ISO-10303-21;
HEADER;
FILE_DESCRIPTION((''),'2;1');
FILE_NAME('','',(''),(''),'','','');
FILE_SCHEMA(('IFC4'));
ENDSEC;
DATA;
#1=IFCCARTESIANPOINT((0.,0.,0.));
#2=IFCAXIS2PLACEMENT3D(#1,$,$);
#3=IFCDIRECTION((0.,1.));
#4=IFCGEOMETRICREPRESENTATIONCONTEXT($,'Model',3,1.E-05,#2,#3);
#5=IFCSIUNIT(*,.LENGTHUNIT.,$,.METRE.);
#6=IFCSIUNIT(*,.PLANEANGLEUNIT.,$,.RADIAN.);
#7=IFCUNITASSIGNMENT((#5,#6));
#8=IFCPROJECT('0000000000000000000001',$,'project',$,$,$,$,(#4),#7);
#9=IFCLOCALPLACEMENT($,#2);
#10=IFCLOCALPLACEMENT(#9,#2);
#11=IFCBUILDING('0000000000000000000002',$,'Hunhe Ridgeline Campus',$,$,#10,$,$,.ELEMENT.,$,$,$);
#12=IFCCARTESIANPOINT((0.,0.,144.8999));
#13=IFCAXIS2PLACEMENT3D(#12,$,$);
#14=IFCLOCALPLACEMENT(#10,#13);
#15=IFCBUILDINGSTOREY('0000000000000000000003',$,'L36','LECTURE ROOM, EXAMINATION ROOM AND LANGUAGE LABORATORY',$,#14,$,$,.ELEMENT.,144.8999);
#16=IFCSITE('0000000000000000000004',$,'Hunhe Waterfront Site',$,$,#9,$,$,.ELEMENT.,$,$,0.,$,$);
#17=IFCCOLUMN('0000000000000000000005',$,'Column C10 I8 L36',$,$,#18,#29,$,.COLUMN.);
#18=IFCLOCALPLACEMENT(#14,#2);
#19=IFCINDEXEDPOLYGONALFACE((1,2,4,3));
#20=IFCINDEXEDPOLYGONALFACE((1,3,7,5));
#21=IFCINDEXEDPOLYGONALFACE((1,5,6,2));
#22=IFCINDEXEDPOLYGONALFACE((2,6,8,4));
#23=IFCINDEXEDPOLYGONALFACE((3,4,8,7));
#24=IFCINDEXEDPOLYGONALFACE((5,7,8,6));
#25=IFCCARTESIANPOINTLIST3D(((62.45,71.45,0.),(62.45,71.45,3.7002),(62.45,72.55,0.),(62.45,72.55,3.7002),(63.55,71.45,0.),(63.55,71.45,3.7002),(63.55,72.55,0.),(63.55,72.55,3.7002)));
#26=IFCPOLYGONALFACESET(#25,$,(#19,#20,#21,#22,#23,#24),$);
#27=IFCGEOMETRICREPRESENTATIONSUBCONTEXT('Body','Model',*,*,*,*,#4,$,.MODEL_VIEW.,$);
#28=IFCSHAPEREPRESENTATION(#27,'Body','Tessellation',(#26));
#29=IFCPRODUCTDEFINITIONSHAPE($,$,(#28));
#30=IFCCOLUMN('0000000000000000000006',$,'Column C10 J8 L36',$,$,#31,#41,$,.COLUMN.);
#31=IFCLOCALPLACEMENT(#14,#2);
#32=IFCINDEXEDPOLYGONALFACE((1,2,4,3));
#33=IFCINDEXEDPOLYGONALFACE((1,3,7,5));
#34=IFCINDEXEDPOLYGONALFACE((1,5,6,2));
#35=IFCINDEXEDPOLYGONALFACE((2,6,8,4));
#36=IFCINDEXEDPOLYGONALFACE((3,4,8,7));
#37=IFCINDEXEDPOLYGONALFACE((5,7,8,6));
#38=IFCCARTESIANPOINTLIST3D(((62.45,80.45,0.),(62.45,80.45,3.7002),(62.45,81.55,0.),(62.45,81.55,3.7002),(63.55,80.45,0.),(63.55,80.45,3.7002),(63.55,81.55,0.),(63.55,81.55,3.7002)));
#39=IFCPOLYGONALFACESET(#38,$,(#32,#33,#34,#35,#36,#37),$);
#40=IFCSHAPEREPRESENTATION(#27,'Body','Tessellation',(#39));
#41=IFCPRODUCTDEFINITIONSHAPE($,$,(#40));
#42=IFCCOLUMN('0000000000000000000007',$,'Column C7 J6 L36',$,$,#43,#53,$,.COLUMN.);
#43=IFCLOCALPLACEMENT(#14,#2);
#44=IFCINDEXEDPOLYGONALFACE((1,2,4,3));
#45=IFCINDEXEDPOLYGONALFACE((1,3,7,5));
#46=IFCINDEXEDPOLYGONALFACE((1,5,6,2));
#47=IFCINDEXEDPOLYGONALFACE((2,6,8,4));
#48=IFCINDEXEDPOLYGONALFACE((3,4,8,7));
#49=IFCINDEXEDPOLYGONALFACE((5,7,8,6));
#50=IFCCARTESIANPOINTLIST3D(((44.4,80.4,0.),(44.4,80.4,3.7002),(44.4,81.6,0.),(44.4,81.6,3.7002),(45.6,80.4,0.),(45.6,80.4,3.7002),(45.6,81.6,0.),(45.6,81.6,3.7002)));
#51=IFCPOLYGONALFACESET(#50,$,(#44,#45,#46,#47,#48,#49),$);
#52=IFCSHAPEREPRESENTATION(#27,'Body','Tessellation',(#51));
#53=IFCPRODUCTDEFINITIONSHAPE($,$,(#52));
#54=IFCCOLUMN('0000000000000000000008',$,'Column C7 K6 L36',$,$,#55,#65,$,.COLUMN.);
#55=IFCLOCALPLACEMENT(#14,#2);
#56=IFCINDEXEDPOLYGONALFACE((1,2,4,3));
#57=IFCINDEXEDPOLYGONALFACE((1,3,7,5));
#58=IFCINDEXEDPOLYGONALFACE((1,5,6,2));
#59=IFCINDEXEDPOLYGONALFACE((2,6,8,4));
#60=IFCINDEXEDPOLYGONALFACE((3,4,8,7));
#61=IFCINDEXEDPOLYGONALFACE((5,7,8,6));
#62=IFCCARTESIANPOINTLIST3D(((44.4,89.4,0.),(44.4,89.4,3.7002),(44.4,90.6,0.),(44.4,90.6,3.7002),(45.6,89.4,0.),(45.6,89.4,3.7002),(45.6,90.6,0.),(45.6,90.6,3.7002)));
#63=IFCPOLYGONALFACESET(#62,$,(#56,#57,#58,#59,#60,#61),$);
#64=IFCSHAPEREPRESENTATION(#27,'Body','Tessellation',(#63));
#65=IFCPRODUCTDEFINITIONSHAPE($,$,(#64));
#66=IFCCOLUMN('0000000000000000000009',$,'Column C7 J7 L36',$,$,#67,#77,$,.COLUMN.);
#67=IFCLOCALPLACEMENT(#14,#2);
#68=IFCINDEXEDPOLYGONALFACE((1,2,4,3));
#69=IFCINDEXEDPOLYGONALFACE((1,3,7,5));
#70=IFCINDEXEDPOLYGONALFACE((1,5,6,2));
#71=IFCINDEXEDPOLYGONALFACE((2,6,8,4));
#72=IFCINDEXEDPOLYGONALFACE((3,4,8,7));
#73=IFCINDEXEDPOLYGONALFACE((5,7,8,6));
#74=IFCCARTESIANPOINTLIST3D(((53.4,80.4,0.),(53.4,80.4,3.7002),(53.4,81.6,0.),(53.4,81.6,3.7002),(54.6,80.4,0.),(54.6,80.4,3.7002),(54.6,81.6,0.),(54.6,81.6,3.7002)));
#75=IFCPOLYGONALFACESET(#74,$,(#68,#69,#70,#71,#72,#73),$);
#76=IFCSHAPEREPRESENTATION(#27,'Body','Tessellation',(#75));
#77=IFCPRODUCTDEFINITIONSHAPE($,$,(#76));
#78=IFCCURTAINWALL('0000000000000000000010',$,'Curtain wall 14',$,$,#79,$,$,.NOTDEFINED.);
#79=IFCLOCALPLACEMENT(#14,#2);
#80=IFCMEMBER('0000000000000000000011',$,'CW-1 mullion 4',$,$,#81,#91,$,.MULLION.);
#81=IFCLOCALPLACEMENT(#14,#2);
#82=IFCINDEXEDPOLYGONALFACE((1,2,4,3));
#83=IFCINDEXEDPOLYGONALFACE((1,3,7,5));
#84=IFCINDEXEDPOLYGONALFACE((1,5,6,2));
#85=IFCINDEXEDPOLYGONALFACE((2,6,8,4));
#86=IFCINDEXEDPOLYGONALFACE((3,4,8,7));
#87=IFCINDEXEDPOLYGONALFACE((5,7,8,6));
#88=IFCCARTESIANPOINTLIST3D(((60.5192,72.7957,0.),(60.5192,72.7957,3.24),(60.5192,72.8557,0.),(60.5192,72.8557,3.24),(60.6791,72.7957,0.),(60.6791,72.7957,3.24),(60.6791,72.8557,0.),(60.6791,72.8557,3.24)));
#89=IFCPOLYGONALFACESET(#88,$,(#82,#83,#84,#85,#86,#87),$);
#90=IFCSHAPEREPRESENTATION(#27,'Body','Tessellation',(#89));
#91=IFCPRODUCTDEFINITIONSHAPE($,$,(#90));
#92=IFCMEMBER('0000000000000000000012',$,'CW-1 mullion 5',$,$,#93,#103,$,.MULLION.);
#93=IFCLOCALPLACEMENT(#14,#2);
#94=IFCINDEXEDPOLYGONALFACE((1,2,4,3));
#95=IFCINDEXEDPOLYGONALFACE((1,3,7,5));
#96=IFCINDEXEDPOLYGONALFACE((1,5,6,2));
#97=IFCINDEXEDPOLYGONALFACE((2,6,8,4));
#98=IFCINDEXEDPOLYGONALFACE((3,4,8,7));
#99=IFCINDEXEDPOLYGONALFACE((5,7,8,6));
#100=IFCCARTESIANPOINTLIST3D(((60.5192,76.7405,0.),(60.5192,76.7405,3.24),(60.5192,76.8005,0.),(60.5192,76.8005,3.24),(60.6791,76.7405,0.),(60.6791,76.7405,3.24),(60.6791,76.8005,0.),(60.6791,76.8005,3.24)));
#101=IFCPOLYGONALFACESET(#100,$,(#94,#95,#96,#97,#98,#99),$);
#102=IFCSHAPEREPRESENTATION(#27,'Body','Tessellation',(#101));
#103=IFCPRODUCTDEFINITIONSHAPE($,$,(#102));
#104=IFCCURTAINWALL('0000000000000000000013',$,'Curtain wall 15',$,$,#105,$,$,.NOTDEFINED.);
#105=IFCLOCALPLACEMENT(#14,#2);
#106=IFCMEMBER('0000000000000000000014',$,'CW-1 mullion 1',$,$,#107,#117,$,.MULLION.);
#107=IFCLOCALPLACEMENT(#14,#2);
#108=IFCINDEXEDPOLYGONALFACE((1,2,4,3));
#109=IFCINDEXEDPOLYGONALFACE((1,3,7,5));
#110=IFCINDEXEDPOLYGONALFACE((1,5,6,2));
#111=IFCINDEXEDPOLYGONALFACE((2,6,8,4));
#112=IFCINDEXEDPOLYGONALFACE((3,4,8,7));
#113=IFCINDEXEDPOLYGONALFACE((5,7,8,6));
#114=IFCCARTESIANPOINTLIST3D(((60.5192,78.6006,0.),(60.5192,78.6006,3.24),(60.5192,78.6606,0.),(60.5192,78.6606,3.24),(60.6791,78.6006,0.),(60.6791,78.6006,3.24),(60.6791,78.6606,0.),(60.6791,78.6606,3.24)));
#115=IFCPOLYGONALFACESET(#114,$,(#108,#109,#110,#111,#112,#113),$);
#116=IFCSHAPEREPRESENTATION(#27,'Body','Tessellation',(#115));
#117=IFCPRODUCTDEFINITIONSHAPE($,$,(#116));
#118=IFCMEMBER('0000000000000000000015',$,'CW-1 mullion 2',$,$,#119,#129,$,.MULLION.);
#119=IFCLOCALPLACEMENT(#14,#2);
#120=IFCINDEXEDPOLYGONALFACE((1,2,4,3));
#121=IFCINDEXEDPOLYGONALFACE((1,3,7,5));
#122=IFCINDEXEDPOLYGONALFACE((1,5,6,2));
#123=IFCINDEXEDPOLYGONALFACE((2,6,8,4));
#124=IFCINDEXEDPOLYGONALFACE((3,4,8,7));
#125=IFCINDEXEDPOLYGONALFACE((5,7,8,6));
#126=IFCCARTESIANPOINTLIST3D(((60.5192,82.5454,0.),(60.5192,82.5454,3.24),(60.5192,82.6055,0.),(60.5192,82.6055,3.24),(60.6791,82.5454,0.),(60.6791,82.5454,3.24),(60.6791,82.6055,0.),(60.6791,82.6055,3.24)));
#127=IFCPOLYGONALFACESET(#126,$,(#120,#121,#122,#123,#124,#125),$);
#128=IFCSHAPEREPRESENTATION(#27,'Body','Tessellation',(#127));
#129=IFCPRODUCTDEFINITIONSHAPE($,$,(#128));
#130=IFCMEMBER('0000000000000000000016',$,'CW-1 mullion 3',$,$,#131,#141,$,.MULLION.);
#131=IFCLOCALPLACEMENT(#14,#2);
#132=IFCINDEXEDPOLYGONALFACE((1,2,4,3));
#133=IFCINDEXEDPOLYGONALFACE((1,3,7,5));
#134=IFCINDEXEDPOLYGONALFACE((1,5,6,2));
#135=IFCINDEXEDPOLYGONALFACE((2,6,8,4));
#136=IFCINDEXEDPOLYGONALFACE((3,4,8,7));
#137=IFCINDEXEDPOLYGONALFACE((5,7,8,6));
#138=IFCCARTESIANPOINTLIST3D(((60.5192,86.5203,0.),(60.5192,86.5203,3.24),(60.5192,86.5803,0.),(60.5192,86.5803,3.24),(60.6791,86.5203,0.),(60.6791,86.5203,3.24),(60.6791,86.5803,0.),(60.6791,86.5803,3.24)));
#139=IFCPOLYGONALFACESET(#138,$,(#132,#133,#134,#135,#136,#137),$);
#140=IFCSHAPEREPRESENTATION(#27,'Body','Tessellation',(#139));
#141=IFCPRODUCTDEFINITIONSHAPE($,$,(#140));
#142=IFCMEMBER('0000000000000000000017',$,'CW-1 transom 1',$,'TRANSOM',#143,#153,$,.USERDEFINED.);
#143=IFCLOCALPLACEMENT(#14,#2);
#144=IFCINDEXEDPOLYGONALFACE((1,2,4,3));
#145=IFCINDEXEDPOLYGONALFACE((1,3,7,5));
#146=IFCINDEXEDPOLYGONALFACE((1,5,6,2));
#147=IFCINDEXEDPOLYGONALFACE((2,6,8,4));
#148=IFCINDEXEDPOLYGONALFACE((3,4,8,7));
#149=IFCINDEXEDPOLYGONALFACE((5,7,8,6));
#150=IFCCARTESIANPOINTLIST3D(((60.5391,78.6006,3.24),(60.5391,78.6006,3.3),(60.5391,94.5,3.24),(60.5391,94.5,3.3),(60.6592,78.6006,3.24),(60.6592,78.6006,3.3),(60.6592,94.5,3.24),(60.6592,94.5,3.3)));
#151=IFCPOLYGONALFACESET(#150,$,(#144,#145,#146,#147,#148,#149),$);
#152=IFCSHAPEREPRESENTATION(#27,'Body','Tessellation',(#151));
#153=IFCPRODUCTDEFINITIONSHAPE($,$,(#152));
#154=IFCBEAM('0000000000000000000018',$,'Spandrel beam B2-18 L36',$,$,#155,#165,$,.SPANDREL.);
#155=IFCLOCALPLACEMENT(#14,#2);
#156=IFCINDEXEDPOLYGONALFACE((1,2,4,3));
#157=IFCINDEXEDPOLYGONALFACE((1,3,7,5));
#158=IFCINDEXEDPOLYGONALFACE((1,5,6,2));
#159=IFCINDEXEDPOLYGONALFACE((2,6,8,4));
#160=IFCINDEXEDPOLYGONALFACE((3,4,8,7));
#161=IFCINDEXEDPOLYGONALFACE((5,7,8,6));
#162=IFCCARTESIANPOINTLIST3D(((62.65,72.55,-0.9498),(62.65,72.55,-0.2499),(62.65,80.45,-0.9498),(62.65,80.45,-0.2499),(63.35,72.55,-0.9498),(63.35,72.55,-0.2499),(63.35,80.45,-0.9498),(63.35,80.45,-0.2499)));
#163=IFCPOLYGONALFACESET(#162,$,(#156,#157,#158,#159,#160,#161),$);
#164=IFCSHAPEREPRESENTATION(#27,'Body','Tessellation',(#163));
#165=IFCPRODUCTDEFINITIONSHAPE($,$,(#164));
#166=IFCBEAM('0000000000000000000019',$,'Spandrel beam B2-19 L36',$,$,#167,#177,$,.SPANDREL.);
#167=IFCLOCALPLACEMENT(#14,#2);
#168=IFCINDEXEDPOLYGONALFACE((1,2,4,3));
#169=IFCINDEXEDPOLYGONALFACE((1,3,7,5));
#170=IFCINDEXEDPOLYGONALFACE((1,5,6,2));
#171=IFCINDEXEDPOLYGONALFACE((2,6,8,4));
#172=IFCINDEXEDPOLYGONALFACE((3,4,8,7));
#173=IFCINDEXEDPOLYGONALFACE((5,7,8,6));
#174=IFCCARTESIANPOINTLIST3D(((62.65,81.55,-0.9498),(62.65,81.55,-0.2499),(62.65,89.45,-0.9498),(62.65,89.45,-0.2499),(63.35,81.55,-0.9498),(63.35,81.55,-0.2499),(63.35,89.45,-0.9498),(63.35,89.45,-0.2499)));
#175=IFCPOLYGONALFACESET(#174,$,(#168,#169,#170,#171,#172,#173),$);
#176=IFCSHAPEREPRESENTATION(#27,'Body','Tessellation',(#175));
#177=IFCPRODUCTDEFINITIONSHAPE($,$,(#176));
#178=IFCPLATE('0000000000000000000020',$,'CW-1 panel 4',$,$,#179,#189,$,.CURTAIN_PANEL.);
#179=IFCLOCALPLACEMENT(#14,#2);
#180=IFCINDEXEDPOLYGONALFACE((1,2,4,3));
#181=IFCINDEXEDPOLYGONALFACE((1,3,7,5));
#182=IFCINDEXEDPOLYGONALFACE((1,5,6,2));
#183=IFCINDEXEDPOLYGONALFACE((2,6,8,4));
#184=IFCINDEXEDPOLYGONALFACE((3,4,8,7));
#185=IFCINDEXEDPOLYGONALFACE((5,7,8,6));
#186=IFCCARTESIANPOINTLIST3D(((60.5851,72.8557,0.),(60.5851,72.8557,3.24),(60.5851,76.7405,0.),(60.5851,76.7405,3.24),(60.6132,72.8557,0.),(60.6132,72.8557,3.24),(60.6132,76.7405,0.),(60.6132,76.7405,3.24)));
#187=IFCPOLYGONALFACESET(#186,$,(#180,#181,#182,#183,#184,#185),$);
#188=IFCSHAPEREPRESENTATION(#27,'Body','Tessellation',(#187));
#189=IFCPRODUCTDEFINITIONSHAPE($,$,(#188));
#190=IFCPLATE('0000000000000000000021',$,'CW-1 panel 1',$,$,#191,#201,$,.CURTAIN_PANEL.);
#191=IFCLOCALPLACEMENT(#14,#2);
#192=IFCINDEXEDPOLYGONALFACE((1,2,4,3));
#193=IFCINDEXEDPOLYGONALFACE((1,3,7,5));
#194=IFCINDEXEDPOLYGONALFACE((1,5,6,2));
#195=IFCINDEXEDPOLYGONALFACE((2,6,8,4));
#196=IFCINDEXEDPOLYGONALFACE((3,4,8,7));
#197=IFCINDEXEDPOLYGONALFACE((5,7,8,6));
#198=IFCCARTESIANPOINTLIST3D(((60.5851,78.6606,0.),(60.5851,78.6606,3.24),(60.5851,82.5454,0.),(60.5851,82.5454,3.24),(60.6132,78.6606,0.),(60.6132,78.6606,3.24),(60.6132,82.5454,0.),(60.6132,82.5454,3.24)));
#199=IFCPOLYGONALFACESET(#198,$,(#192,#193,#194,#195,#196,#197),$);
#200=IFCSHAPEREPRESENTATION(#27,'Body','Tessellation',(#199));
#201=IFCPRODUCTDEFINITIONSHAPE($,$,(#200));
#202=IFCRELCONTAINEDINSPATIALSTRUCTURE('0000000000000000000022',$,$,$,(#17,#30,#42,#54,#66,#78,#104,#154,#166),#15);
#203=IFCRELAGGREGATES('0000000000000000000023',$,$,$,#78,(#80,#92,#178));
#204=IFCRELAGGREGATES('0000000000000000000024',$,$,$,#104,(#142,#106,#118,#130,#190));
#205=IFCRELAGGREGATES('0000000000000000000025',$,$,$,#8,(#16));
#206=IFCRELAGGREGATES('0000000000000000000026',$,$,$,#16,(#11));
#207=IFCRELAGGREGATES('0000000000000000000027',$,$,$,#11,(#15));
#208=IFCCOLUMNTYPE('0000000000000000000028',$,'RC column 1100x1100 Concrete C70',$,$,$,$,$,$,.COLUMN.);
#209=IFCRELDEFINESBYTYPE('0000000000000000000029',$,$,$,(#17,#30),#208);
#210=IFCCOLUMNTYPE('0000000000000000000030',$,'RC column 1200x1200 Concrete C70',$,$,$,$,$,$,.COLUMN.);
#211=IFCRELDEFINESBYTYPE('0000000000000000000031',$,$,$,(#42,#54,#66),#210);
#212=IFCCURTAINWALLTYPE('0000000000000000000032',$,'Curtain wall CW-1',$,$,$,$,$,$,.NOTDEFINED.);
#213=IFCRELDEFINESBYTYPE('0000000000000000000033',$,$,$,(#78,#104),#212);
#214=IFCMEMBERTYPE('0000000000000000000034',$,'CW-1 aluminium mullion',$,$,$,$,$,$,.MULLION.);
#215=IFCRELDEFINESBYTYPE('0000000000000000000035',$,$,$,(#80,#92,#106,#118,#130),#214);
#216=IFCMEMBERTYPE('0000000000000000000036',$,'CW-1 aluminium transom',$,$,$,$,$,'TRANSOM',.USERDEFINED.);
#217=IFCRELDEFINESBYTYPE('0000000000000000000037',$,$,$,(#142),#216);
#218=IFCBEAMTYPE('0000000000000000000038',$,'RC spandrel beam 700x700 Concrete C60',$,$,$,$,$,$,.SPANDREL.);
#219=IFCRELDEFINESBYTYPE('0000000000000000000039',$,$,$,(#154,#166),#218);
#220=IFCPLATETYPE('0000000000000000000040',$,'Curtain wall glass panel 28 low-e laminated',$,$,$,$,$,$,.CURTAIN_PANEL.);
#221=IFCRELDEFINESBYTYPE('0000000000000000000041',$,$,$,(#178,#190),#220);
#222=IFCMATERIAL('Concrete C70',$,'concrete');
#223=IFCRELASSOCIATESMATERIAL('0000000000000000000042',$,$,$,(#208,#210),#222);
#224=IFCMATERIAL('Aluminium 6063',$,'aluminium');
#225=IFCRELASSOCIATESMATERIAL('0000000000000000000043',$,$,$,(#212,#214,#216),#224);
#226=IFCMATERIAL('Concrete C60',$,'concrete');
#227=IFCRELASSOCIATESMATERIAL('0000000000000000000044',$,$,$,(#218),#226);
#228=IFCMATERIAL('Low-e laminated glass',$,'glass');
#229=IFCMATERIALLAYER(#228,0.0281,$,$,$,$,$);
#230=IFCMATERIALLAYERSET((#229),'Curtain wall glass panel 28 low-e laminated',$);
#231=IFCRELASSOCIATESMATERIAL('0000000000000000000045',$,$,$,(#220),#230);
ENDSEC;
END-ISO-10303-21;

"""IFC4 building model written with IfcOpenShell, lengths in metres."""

from ifc_helpers import new_model, si_unit, direction, frame, origin, origin_2d, place, context, subcontext, project, spatial, rectangle, extrude, material, layer, layer_set, material_profile, profile_set, type_object, element, aggregate, save


model = new_model("IFC4")

# Units and contexts
model_context = context("Model", 3, precision=1e-05, world=origin(), true_north=direction((0.0, 1.0)))
body_context = subcontext(model_context, "Body", "Model", "MODEL_VIEW")
ifc_project = project(units=[si_unit("LENGTHUNIT", "METRE"), si_unit("PLANEANGLEUNIT", "RADIAN")], contexts=[model_context])

# Site, building, storey
site_placement = place(None, origin())
site = spatial("IfcSite", under=ifc_project, at=site_placement, Name="Hunhe Waterfront Site", CompositionType="ELEMENT", RefElevation=0.0)
building_placement = place(site_placement, origin())
building = spatial("IfcBuilding", under=site, at=building_placement, Name="Hunhe Ridgeline Campus", CompositionType="ELEMENT")
storey_placement = place(building_placement, frame((0.0, 0.0, 144.8999)))
storey = spatial("IfcBuildingStorey", under=building, at=storey_placement, Name="L36", Description="LECTURE ROOM, EXAMINATION ROOM AND LANGUAGE LABORATORY", CompositionType="ELEMENT", Elevation=144.8999)

# Columns
ifc_material_1 = material(Name="Concrete C70", Category="concrete")
ifc_material_profile_1 = material_profile(ifc_material_1, rectangle(XDim=1.1001, YDim=1.1001, at=origin_2d()))
ifc_profile_set_1 = profile_set([ifc_material_profile_1], Name="Concrete C70")
column_type_1 = type_object("IfcColumnType", Name="RC column 1100x1100 Concrete C70", PredefinedType="COLUMN", material=ifc_profile_set_1)
for number, where, z_axis, x_axis, name in (
    (1, (63.0, 72.0, 0.0), (0.0, 0.0, 1.0), (1.0, 0.0, 0.0), "Column C10 I8 L36"),
    (2, (63.0, 81.0, 0.0), (0.0, 0.0, 1.0), (1.0, 0.0, 0.0), "Column C10 J8 L36"),
):
    element("IfcColumn", number, at=place(storey_placement, frame(where, z_axis=z_axis, x_axis=x_axis)), inside=storey, type_object=column_type_1, Name=name, PredefinedType="COLUMN", context=body_context, shape_type="SweptSolid", body=[
        extrude(rectangle(XDim=1.1001, YDim=1.1001, at=origin_2d()), origin(), (0.0, 0.0, 1.0), 3.7002),
    ])
ifc_material_profile_2 = material_profile(ifc_material_1, rectangle(XDim=1.2, YDim=1.2, at=origin_2d()))
ifc_profile_set_2 = profile_set([ifc_material_profile_2], Name="Concrete C70")
column_type_2 = type_object("IfcColumnType", Name="RC column 1200x1200 Concrete C70", PredefinedType="COLUMN", material=ifc_profile_set_2)
for number, where, z_axis, x_axis, name in (
    (3, (45.0, 81.0, 0.0), (0.0, 0.0, 1.0), (1.0, 0.0, 0.0), "Column C7 J6 L36"),
    (4, (45.0, 90.0, 0.0), (0.0, 0.0, 1.0), (1.0, 0.0, 0.0), "Column C7 K6 L36"),
    (5, (54.0, 81.0, 0.0), (0.0, 0.0, 1.0), (1.0, 0.0, 0.0), "Column C7 J7 L36"),
):
    element("IfcColumn", number, at=place(storey_placement, frame(where, z_axis=z_axis, x_axis=x_axis)), inside=storey, type_object=column_type_2, Name=name, PredefinedType="COLUMN", context=body_context, shape_type="SweptSolid", body=[
        extrude(rectangle(XDim=1.2, YDim=1.2, at=origin_2d()), origin(), (0.0, 0.0, 1.0), 3.7002),
    ])

# Curtain walls, members
ifc_material_2 = material(Name="Aluminium 6063", Category="aluminium")
curtain_wall_type = type_object("IfcCurtainWallType", Name="Curtain wall CW-1", PredefinedType="NOTDEFINED", material=ifc_material_2)
curtain_wall_1_placement = place(storey_placement, origin())
curtain_wall_1 = element("IfcCurtainWall", 6, at=curtain_wall_1_placement, inside=storey, type_object=curtain_wall_type, Name="Curtain wall 14", PredefinedType="NOTDEFINED")
ifc_material_profile_3 = material_profile(ifc_material_2, rectangle(XDim=0.1599, YDim=0.0601, at=origin_2d()))
ifc_profile_set_3 = profile_set([ifc_material_profile_3], Name="Aluminium 6063")
member_type_1 = type_object("IfcMemberType", Name="CW-1 aluminium mullion", PredefinedType="MULLION", material=ifc_profile_set_3)
member_1_placement = place(storey_placement, frame((60.5991, 72.8257, 0.0), z_axis=(0.0, 0.0, 1.0), x_axis=(-1.0, 0.0, 0.0)))
member_1 = element("IfcMember", 7, at=member_1_placement, type_object=member_type_1, Name="CW-1 mullion 4", PredefinedType="MULLION", context=body_context, shape_type="SweptSolid", body=[
    extrude(rectangle(XDim=0.1599, YDim=0.0601, at=origin_2d()), origin(), (0.0, 0.0, 1.0), 3.24),
])
member_2_placement = place(storey_placement, frame((60.5991, 76.7705, 0.0), z_axis=(0.0, 0.0, 1.0), x_axis=(-1.0, 0.0, 0.0)))
member_2 = element("IfcMember", 8, at=member_2_placement, type_object=member_type_1, Name="CW-1 mullion 5", PredefinedType="MULLION", context=body_context, shape_type="SweptSolid", body=[
    extrude(rectangle(XDim=0.1599, YDim=0.0601, at=origin_2d()), origin(), (0.0, 0.0, 1.0), 3.24),
])
curtain_wall_2_placement = place(storey_placement, origin())
curtain_wall_2 = element("IfcCurtainWall", 9, at=curtain_wall_2_placement, inside=storey, type_object=curtain_wall_type, Name="Curtain wall 15", PredefinedType="NOTDEFINED")
member_3_placement = place(storey_placement, frame((60.5991, 78.6306, 0.0), z_axis=(0.0, 0.0, 1.0), x_axis=(-1.0, 0.0, 0.0)))
member_3 = element("IfcMember", 10, at=member_3_placement, type_object=member_type_1, Name="CW-1 mullion 1", PredefinedType="MULLION", context=body_context, shape_type="SweptSolid", body=[
    extrude(rectangle(XDim=0.1599, YDim=0.0601, at=origin_2d()), origin(), (0.0, 0.0, 1.0), 3.24),
])
member_4_placement = place(storey_placement, frame((60.5991, 82.5754, 0.0), z_axis=(0.0, 0.0, 1.0), x_axis=(-1.0, 0.0, 0.0)))
member_4 = element("IfcMember", 11, at=member_4_placement, type_object=member_type_1, Name="CW-1 mullion 2", PredefinedType="MULLION", context=body_context, shape_type="SweptSolid", body=[
    extrude(rectangle(XDim=0.1599, YDim=0.0601, at=origin_2d()), origin(), (0.0, 0.0, 1.0), 3.24),
])
member_5_placement = place(storey_placement, frame((60.5991, 86.5503, 0.0), z_axis=(0.0, 0.0, 1.0), x_axis=(-1.0, 0.0, 0.0)))
member_5 = element("IfcMember", 12, at=member_5_placement, type_object=member_type_1, Name="CW-1 mullion 3", PredefinedType="MULLION", context=body_context, shape_type="SweptSolid", body=[
    extrude(rectangle(XDim=0.1599, YDim=0.0601, at=origin_2d()), origin(), (0.0, 0.0, 1.0), 3.24),
])
ifc_material_profile_4 = material_profile(ifc_material_2, rectangle(XDim=0.1201, YDim=0.0601, at=origin_2d()))
ifc_profile_set_4 = profile_set([ifc_material_profile_4], Name="Aluminium 6063")
member_type_2 = type_object("IfcMemberType", Name="CW-1 aluminium transom", ElementType="TRANSOM", PredefinedType="USERDEFINED", material=ifc_profile_set_4)
member_6_placement = place(storey_placement, frame((60.5991, 78.6006, 3.27), z_axis=(0.0, 1.0, 0.0), x_axis=(-1.0, 0.0, 0.0)))
member_6 = element("IfcMember", 13, at=member_6_placement, type_object=member_type_2, Name="CW-1 transom 1", ObjectType="TRANSOM", PredefinedType="USERDEFINED", context=body_context, shape_type="SweptSolid", body=[
    extrude(rectangle(XDim=0.1201, YDim=0.0601, at=origin_2d()), origin(), (0.0, 0.0, 1.0), 15.8994),
])

# Beams
ifc_material_3 = material(Name="Concrete C60", Category="concrete")
ifc_material_profile_5 = material_profile(ifc_material_3, rectangle(XDim=0.7, YDim=0.7, at=origin_2d()))
ifc_profile_set_5 = profile_set([ifc_material_profile_5], Name="Concrete C60")
beam_type = type_object("IfcBeamType", Name="RC spandrel beam 700x700 Concrete C60", PredefinedType="SPANDREL", material=ifc_profile_set_5)
for number, where, z_axis, x_axis, name in (
    (14, (63.0, 72.55, -0.5999), (0.0, 1.0, 0.0), (-1.0, 0.0, 0.0), "Spandrel beam B2-18 L36"),
    (15, (63.0, 81.55, -0.5999), (0.0, 1.0, 0.0), (-1.0, 0.0, 0.0), "Spandrel beam B2-19 L36"),
):
    element("IfcBeam", number, at=place(storey_placement, frame(where, z_axis=z_axis, x_axis=x_axis)), inside=storey, type_object=beam_type, Name=name, PredefinedType="SPANDREL", context=body_context, shape_type="SweptSolid", body=[
        extrude(rectangle(XDim=0.7, YDim=0.7, at=origin_2d()), origin(), (0.0, 0.0, 1.0), 7.8999),
    ])

# Plates
ifc_material_4 = material(Name="Low-e laminated glass", Category="glass")
ifc_layer_1 = layer(ifc_material_4, 0.0281)
ifc_layer_set_1 = layer_set([ifc_layer_1], Name="Curtain wall glass panel 28 low-e laminated")
plate_type = type_object("IfcPlateType", Name="Curtain wall glass panel 28 low-e laminated", PredefinedType="CURTAIN_PANEL", material=ifc_layer_set_1)
plate_1_placement = place(storey_placement, frame((60.5991, 74.7981, 0.0), z_axis=(0.0, 0.0, 1.0), x_axis=(0.0, 1.0, 0.0)))
plate_1 = element("IfcPlate", 16, at=plate_1_placement, type_object=plate_type, Name="CW-1 panel 4", PredefinedType="CURTAIN_PANEL", context=body_context, shape_type="SweptSolid", body=[
    extrude(rectangle(XDim=3.8848, YDim=0.0281, at=origin_2d()), origin(), (0.0, 0.0, 1.0), 3.24),
])
aggregate(curtain_wall_1, [member_1, member_2, plate_1])
plate_2_placement = place(storey_placement, frame((60.5991, 80.603, 0.0), z_axis=(0.0, 0.0, 1.0), x_axis=(0.0, 1.0, 0.0)))
plate_2 = element("IfcPlate", 17, at=plate_2_placement, type_object=plate_type, Name="CW-1 panel 1", PredefinedType="CURTAIN_PANEL", context=body_context, shape_type="SweptSolid", body=[
    extrude(rectangle(XDim=3.8848, YDim=0.0281, at=origin_2d()), origin(), (0.0, 0.0, 1.0), 3.24),
])
aggregate(curtain_wall_2, [member_6, member_3, member_4, member_5, plate_2])

save(model, "model.ifc")
